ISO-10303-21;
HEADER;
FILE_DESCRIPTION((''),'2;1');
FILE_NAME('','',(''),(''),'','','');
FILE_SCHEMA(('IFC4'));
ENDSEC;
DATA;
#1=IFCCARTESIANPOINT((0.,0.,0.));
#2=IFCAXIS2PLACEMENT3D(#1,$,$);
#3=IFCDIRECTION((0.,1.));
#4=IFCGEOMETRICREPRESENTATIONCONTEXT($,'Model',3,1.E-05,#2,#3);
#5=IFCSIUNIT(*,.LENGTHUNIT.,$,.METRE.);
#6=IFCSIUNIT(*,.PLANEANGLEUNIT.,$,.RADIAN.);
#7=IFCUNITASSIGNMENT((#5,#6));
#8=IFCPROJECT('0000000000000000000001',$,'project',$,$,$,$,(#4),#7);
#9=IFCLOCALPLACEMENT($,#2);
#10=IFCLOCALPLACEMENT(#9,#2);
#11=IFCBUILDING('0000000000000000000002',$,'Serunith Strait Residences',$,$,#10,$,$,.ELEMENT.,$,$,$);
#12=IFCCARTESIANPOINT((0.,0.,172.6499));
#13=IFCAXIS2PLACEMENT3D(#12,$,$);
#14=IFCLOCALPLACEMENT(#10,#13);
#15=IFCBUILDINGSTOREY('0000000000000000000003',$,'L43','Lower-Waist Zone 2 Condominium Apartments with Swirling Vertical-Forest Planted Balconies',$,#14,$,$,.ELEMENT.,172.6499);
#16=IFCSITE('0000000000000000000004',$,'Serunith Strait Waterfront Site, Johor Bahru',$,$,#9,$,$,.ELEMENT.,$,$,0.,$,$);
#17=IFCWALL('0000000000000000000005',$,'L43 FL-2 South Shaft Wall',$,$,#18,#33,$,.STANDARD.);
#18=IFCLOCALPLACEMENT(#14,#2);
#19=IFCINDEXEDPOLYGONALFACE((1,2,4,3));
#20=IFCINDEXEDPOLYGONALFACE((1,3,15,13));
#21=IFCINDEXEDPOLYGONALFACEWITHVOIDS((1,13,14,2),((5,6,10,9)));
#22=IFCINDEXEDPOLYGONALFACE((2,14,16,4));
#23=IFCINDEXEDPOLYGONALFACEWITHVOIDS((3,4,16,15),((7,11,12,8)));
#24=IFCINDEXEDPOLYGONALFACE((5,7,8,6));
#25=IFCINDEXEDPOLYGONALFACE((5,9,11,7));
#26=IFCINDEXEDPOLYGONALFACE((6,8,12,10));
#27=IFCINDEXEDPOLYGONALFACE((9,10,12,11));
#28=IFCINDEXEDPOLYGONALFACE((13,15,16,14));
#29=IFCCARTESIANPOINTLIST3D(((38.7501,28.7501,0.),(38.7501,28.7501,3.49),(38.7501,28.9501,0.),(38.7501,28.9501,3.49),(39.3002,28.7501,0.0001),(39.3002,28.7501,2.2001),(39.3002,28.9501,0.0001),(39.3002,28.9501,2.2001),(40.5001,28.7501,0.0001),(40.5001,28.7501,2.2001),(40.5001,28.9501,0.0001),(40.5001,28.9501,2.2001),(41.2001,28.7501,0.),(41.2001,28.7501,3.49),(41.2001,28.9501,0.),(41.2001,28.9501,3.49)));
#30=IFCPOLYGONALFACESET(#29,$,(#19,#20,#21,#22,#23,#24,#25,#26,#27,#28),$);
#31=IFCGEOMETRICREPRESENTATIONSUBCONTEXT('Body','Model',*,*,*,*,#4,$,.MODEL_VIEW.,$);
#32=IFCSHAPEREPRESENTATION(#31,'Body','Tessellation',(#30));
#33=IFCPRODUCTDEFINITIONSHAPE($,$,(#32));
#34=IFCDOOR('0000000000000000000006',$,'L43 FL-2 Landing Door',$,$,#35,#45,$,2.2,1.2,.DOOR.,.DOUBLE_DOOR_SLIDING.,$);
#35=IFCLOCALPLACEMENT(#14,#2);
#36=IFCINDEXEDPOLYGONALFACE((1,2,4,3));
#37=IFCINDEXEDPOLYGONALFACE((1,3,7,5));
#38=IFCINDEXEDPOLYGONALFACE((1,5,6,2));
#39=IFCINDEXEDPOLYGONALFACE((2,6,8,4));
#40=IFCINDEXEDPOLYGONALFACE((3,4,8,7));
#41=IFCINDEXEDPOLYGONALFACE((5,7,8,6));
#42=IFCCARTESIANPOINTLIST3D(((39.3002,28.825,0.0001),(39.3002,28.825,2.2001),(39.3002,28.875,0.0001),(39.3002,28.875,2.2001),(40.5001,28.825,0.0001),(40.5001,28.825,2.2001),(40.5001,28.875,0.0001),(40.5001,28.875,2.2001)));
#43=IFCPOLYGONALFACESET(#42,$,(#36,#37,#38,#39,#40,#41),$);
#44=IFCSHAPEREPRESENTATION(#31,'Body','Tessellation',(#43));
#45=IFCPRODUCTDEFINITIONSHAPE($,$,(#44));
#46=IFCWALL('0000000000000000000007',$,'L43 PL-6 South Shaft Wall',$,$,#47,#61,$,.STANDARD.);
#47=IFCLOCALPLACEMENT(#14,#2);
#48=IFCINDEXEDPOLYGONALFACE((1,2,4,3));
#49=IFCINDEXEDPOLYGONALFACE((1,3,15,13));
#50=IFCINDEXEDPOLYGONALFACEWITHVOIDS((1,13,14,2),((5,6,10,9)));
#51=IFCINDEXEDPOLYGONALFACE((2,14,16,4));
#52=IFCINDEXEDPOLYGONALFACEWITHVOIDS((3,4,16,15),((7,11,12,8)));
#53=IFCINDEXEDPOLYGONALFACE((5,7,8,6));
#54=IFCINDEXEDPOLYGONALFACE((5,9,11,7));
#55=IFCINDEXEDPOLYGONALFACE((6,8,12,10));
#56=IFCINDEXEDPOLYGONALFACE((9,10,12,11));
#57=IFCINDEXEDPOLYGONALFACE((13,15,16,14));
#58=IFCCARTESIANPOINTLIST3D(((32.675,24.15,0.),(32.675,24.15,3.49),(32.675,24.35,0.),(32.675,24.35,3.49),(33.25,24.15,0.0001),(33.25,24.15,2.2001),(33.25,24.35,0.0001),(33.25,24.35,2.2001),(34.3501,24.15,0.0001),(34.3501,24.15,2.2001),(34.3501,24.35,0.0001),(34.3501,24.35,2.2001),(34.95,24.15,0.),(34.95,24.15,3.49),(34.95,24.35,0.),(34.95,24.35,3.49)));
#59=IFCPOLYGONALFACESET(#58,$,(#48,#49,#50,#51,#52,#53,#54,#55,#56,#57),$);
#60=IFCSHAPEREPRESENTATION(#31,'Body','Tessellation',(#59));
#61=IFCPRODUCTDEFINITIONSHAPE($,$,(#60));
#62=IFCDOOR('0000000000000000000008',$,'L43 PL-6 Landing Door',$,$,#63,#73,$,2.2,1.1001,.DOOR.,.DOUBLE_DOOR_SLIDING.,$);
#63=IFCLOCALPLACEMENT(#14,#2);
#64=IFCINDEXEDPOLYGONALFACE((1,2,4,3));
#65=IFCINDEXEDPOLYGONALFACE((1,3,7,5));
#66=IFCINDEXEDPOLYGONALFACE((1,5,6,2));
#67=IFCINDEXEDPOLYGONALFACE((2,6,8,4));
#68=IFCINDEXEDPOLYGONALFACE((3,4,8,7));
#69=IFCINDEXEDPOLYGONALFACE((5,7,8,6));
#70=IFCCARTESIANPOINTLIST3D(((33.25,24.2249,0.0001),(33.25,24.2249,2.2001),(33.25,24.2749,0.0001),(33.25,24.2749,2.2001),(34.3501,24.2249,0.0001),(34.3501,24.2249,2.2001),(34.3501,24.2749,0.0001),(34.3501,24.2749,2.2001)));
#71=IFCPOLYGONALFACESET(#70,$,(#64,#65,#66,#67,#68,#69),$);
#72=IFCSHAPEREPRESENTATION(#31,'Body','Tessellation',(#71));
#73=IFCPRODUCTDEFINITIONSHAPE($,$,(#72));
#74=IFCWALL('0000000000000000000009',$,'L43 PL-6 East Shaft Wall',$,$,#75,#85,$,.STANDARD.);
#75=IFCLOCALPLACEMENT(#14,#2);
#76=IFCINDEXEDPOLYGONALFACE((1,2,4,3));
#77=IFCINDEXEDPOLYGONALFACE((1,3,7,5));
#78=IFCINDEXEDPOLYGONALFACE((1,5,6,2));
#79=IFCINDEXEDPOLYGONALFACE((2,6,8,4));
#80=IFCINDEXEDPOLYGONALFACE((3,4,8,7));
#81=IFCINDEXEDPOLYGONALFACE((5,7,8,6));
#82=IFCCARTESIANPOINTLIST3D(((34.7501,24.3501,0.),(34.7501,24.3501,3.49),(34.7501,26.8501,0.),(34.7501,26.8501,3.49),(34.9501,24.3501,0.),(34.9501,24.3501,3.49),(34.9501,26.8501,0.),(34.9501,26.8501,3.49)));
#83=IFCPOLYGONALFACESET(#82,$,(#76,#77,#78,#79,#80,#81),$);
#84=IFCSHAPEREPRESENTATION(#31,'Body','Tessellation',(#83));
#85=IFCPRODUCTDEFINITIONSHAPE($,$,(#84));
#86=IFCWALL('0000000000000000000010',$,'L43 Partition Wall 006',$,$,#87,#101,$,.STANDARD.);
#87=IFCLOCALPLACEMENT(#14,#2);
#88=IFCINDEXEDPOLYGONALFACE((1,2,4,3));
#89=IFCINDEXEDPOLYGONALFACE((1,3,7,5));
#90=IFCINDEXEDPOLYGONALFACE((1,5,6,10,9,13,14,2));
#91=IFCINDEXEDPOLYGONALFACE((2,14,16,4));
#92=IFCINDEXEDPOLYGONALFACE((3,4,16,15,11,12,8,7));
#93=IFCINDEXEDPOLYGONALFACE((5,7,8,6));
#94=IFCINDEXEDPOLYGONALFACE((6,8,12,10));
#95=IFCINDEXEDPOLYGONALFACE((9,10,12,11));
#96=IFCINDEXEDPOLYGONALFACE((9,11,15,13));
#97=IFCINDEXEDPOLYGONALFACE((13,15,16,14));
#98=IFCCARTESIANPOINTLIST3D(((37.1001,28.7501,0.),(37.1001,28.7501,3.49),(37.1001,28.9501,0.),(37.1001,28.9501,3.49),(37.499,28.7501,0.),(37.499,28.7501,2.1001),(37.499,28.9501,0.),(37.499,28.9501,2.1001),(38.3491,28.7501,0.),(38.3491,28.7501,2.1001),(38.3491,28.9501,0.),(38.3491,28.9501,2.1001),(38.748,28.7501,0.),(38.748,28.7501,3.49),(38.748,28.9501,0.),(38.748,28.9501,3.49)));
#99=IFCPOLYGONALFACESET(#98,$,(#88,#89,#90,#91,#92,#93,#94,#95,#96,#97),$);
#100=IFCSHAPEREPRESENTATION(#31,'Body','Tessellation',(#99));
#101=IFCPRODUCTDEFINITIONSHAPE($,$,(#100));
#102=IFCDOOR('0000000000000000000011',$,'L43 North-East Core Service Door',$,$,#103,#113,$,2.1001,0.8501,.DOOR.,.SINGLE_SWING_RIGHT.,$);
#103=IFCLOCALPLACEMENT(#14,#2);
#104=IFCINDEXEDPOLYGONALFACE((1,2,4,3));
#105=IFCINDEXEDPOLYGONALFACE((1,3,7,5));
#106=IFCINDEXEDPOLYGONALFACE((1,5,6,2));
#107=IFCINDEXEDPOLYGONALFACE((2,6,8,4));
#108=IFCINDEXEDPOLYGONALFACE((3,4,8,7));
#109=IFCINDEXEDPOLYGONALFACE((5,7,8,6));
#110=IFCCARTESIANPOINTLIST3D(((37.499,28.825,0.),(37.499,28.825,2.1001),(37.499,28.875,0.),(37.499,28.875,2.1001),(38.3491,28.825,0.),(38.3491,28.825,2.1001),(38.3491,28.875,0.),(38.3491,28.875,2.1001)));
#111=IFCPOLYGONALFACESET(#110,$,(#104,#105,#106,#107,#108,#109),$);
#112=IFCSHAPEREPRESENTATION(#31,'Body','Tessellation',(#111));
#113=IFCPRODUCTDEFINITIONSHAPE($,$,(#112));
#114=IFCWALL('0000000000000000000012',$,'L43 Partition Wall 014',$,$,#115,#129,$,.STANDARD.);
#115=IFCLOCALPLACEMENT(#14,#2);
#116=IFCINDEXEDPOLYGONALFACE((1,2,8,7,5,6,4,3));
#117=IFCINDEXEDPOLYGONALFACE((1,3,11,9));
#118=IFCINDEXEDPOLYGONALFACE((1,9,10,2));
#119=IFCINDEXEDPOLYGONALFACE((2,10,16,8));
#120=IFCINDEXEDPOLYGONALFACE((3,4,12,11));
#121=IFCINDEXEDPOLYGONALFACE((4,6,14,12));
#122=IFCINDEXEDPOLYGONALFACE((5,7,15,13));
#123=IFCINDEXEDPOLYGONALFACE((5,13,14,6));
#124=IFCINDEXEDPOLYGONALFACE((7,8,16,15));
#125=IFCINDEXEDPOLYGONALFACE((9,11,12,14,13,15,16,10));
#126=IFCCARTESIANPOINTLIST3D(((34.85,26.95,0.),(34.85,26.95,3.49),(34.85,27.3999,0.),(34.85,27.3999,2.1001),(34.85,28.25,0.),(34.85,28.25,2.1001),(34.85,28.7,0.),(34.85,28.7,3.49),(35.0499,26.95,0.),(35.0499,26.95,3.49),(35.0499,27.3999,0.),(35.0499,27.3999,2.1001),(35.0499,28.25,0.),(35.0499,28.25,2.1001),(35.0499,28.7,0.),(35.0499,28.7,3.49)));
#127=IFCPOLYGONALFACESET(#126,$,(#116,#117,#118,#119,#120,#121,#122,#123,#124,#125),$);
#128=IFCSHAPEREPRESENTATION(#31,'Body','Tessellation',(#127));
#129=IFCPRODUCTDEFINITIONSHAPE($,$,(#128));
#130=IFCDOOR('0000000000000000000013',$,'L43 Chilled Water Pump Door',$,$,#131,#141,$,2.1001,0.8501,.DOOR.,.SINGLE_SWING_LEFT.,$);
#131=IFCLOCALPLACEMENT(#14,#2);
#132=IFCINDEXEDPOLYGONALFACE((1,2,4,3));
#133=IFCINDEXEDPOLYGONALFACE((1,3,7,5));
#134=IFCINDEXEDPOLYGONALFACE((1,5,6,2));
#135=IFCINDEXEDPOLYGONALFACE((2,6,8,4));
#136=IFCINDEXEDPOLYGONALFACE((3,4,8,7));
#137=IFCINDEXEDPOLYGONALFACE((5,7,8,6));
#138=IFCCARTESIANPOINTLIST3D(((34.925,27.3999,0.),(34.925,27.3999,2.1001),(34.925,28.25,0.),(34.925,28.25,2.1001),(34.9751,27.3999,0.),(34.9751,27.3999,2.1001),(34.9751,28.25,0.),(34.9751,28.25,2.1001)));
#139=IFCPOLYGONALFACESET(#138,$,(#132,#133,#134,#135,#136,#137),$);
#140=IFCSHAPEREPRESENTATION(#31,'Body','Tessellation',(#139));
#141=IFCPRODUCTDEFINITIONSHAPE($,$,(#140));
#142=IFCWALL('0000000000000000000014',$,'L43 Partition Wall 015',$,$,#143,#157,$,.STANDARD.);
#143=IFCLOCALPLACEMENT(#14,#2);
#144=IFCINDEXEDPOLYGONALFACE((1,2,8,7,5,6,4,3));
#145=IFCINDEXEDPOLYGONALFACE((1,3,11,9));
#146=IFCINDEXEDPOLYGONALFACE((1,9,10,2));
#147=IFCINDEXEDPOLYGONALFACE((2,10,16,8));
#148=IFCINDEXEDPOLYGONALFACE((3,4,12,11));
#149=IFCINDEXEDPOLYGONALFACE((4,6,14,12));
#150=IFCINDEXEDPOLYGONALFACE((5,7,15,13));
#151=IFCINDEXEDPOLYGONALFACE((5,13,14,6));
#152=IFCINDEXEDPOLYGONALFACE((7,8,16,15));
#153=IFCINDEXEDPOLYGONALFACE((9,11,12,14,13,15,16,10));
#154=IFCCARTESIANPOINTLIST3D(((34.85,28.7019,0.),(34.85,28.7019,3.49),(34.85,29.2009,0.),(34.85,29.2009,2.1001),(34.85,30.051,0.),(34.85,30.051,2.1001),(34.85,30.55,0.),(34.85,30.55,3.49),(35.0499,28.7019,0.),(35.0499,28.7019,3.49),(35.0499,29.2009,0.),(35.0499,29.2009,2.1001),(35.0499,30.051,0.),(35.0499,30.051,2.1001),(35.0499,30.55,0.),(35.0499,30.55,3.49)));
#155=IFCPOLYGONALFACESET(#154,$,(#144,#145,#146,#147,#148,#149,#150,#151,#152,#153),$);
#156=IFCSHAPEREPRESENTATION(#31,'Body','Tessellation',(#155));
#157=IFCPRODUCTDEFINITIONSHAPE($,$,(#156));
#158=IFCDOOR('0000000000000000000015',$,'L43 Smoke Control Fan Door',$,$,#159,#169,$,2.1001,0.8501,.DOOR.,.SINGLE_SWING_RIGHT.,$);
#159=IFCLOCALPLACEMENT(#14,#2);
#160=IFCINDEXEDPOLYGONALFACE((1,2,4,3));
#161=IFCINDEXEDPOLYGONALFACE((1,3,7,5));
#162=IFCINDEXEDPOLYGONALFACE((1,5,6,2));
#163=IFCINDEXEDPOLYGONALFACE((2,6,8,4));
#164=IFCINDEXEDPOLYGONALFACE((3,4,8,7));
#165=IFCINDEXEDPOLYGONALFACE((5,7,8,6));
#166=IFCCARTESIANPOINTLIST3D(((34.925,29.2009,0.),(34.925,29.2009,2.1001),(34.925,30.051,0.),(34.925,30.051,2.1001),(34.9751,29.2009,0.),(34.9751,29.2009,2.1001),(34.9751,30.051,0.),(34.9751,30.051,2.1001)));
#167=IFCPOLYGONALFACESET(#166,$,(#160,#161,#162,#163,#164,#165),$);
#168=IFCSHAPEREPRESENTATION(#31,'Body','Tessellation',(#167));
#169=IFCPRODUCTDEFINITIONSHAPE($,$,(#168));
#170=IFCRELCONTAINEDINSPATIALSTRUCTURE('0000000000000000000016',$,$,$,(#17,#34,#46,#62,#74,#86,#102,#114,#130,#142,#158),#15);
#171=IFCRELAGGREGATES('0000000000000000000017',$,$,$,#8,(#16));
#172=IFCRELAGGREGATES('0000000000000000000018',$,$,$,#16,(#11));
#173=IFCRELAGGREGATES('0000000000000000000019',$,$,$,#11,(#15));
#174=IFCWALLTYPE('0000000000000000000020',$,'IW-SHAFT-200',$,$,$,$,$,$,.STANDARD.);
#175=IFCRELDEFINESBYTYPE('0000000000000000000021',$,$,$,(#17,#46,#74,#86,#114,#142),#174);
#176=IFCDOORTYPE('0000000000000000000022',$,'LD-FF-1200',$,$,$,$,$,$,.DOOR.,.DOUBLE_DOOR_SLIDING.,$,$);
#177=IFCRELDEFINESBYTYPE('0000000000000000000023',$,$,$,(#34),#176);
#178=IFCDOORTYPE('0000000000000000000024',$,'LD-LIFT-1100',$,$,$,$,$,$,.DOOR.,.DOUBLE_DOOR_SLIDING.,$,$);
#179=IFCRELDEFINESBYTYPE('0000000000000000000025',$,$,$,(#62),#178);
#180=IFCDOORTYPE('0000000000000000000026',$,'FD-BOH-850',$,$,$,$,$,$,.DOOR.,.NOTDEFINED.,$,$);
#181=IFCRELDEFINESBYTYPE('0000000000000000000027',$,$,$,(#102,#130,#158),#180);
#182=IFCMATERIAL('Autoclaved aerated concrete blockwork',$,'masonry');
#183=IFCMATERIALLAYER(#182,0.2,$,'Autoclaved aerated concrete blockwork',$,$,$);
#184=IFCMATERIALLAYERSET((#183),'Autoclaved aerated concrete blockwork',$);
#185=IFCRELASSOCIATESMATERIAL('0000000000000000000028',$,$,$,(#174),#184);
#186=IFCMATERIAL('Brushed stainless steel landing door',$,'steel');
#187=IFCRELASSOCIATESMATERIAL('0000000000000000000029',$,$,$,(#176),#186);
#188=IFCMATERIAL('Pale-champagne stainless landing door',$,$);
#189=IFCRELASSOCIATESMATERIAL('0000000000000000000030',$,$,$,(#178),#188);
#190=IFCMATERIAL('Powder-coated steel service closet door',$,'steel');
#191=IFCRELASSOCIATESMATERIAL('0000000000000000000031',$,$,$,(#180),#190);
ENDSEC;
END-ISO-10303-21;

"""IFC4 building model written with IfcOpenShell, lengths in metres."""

from ifc_helpers import new_model, si_unit, direction, frame, frame_2d, origin, place, context, subcontext, project, spatial, rectangle, extrude, source, transform, mapped, material, layer, layer_set, type_object, element, fill, save


model = new_model("IFC4")

# Units and contexts
model_context = context("Model", 3, precision=1e-05, world=origin(), true_north=direction((0.0, 1.0)))
body_context = subcontext(model_context, "Body", "Model", "MODEL_VIEW")
ifc_project = project(units=[si_unit("LENGTHUNIT", "METRE"), si_unit("PLANEANGLEUNIT", "RADIAN")], contexts=[model_context])

# Site, building, storey
site_placement = place(None, origin())
site = spatial("IfcSite", under=ifc_project, at=site_placement, Name="Serunith Strait Waterfront Site, Johor Bahru", CompositionType="ELEMENT", RefElevation=0.0)
building_placement = place(site_placement, origin())
building = spatial("IfcBuilding", under=site, at=building_placement, Name="Serunith Strait Residences", CompositionType="ELEMENT")
storey_placement = place(building_placement, frame((0.0, 0.0, 172.6499)))
storey = spatial("IfcBuildingStorey", under=building, at=storey_placement, Name="L43", Description="Lower-Waist Zone 2 Condominium Apartments with Swirling Vertical-Forest Planted Balconies", CompositionType="ELEMENT", Elevation=172.6499)

# Walls, openings, doors
ifc_material_1 = material(Name="Autoclaved aerated concrete blockwork", Category="masonry")
ifc_layer_1 = layer(ifc_material_1, 0.2, Name="Autoclaved aerated concrete blockwork")
ifc_layer_set_1 = layer_set([ifc_layer_1], Name="Autoclaved aerated concrete blockwork")
wall_type_1 = type_object("IfcWallType", Name="IW-SHAFT-200", PredefinedType="STANDARD", material=ifc_layer_set_1)
wall_1_placement = place(storey_placement, frame((38.75, 28.8501, 0.0), z_axis=(0.0, 0.0, 1.0), x_axis=(1.0, 0.0, 0.0)))
wall_1 = element("IfcWall", 1, at=wall_1_placement, inside=storey, type_object=wall_type_1, Name="L43 FL-2 South Shaft Wall", PredefinedType="STANDARD", context=body_context, shape_type="SweptSolid", body=[
    extrude(rectangle(XDim=2.45, YDim=0.2, at=frame_2d((1.2251, 0.0))), origin(), (0.0, 0.0, 1.0), 3.49),
])
opening_1_placement = place(wall_1_placement, frame((0.55, 0.0, 0.0)))
opening_1 = element("IfcOpeningElement", 2, at=opening_1_placement, cuts=wall_1, PredefinedType="OPENING", context=body_context, shape_type="SweptSolid", body=[
    extrude(rectangle(XDim=1.2, YDim=2.2, at=frame_2d((0.6001, 1.1001))), frame((0.0, 0.1099, 0.0), z_axis=(0.0, -1.0, 0.0), x_axis=(1.0, 0.0, 0.0)), (0.0, 0.0, 1.0), 0.22),
])
ifc_material_2 = material(Name="Brushed stainless steel landing door", Category="steel")
door_type_1 = type_object("IfcDoorType", Name="LD-FF-1200", OperationType="DOUBLE_DOOR_SLIDING", PredefinedType="DOOR", material=ifc_material_2)
shared_shape_1 = source(origin(), body_context, "Body", "SweptSolid", [
    extrude(rectangle(XDim=1.2, YDim=2.2, at=frame_2d((0.6001, 1.1001))), frame((0.0, 0.0249, 0.0), z_axis=(0.0, -1.0, 0.0), x_axis=(1.0, 0.0, 0.0)), (0.0, 0.0, 1.0), 0.05),
])
door_1_placement = place(opening_1_placement, origin())
door_1 = element("IfcDoor", 3, at=door_1_placement, inside=storey, type_object=door_type_1, Name="L43 FL-2 Landing Door", OperationType="DOUBLE_DOOR_SLIDING", OverallHeight=2.2, OverallWidth=1.2, PredefinedType="DOOR", context=body_context, shape_type="MappedRepresentation", body=[
    mapped(shared_shape_1, transform((0.0, 0.0, 0.0), scale=1.0)),
])
fill(opening_1, door_1)
wall_2_placement = place(storey_placement, frame((32.675, 24.25, 0.0), z_axis=(0.0, 0.0, 1.0), x_axis=(1.0, 0.0, 0.0)))
wall_2 = element("IfcWall", 4, at=wall_2_placement, inside=storey, type_object=wall_type_1, Name="L43 PL-6 South Shaft Wall", PredefinedType="STANDARD", context=body_context, shape_type="SweptSolid", body=[
    extrude(rectangle(XDim=2.2749, YDim=0.2, at=frame_2d((1.1375, 0.0))), origin(), (0.0, 0.0, 1.0), 3.49),
])
opening_2_placement = place(wall_2_placement, frame((0.575, 0.0, 0.0)))
opening_2 = element("IfcOpeningElement", 5, at=opening_2_placement, cuts=wall_2, PredefinedType="OPENING", context=body_context, shape_type="SweptSolid", body=[
    extrude(rectangle(XDim=1.1001, YDim=2.2, at=frame_2d((0.55, 1.1001))), frame((0.0, 0.1099, 0.0), z_axis=(0.0, -1.0, 0.0), x_axis=(1.0, 0.0, 0.0)), (0.0, 0.0, 1.0), 0.22),
])
ifc_material_3 = material(Name="Pale-champagne stainless landing door")
door_type_2 = type_object("IfcDoorType", Name="LD-LIFT-1100", OperationType="DOUBLE_DOOR_SLIDING", PredefinedType="DOOR", material=ifc_material_3)
shared_shape_2 = source(origin(), body_context, "Body", "SweptSolid", [
    extrude(rectangle(XDim=1.1001, YDim=2.2, at=frame_2d((0.55, 1.1001))), frame((0.0, 0.0249, 0.0), z_axis=(0.0, -1.0, 0.0), x_axis=(1.0, 0.0, 0.0)), (0.0, 0.0, 1.0), 0.05),
])
door_2_placement = place(opening_2_placement, origin())
door_2 = element("IfcDoor", 6, at=door_2_placement, inside=storey, type_object=door_type_2, Name="L43 PL-6 Landing Door", OperationType="DOUBLE_DOOR_SLIDING", OverallHeight=2.2, OverallWidth=1.1001, PredefinedType="DOOR", context=body_context, shape_type="MappedRepresentation", body=[
    mapped(shared_shape_2, transform((0.0, 0.0, 0.0), scale=1.0)),
])
fill(opening_2, door_2)

# Wall
wall_3_placement = place(storey_placement, frame((34.8501, 24.3501, 0.0), z_axis=(0.0, 0.0, 1.0), x_axis=(0.0, 1.0, 0.0)))
element("IfcWall", 7, at=wall_3_placement, inside=storey, type_object=wall_type_1, Name="L43 PL-6 East Shaft Wall", PredefinedType="STANDARD", context=body_context, shape_type="SweptSolid", body=[
    extrude(rectangle(XDim=2.5, YDim=0.2, at=frame_2d((1.25, 0.0))), origin(), (0.0, 0.0, 1.0), 3.49),
])

# Walls, openings, doors
wall_4_placement = place(storey_placement, frame((37.1001, 28.8501, 0.0), z_axis=(0.0, 0.0, 1.0), x_axis=(1.0, 0.0, 0.0)))
wall_4 = element("IfcWall", 8, at=wall_4_placement, inside=storey, type_object=wall_type_1, Name="L43 Partition Wall 006", PredefinedType="STANDARD", context=body_context, shape_type="SweptSolid", body=[
    extrude(rectangle(XDim=1.6479, YDim=0.2, at=frame_2d((0.824, 0.0))), origin(), (0.0, 0.0, 1.0), 3.49),
])
opening_3_placement = place(wall_4_placement, frame((0.3989, 0.0, 0.0)))
opening_3 = element("IfcOpeningElement", 9, at=opening_3_placement, cuts=wall_4, PredefinedType="OPENING", context=body_context, shape_type="SweptSolid", body=[
    extrude(rectangle(XDim=0.8501, YDim=2.1001, at=frame_2d((0.425, 1.05))), frame((0.0, 0.1099, 0.0), z_axis=(0.0, -1.0, 0.0), x_axis=(1.0, 0.0, 0.0)), (0.0, 0.0, 1.0), 0.22),
])
ifc_material_4 = material(Name="Powder-coated steel service closet door", Category="steel")
door_type_3 = type_object("IfcDoorType", Name="FD-BOH-850", OperationType="NOTDEFINED", PredefinedType="DOOR", material=ifc_material_4)
shared_shape_3 = source(origin(), body_context, "Body", "SweptSolid", [
    extrude(rectangle(XDim=0.8501, YDim=2.1001, at=frame_2d((0.425, 1.05))), frame((0.0, 0.0249, 0.0), z_axis=(0.0, -1.0, 0.0), x_axis=(1.0, 0.0, 0.0)), (0.0, 0.0, 1.0), 0.05),
])
door_3_placement = place(opening_3_placement, origin())
door_3 = element("IfcDoor", 10, at=door_3_placement, inside=storey, type_object=door_type_3, Name="L43 North-East Core Service Door", OperationType="SINGLE_SWING_RIGHT", OverallHeight=2.1001, OverallWidth=0.8501, PredefinedType="DOOR", context=body_context, shape_type="MappedRepresentation", body=[
    mapped(shared_shape_3, transform((0.0, 0.0, 0.0), scale=1.0)),
])
fill(opening_3, door_3)
wall_5_placement = place(storey_placement, frame((34.95, 26.95, 0.0), z_axis=(0.0, 0.0, 1.0), x_axis=(0.0, 1.0, 0.0)))
wall_5 = element("IfcWall", 11, at=wall_5_placement, inside=storey, type_object=wall_type_1, Name="L43 Partition Wall 014", PredefinedType="STANDARD", context=body_context, shape_type="SweptSolid", body=[
    extrude(rectangle(XDim=1.75, YDim=0.2, at=frame_2d((0.875, 0.0))), origin(), (0.0, 0.0, 1.0), 3.49),
])
opening_4_placement = place(wall_5_placement, frame((0.45, 0.0, 0.0)))
opening_4 = element("IfcOpeningElement", 12, at=opening_4_placement, cuts=wall_5, PredefinedType="OPENING", context=body_context, shape_type="SweptSolid", body=[
    extrude(rectangle(XDim=0.8501, YDim=2.1001, at=frame_2d((0.425, 1.05))), frame((0.0, 0.1099, 0.0), z_axis=(0.0, -1.0, 0.0), x_axis=(1.0, 0.0, 0.0)), (0.0, 0.0, 1.0), 0.22),
])
door_4_placement = place(opening_4_placement, origin())
door_4 = element("IfcDoor", 13, at=door_4_placement, inside=storey, type_object=door_type_3, Name="L43 Chilled Water Pump Door", OperationType="SINGLE_SWING_LEFT", OverallHeight=2.1001, OverallWidth=0.8501, PredefinedType="DOOR", context=body_context, shape_type="MappedRepresentation", body=[
    mapped(shared_shape_3, transform((0.0, 0.0, 0.0), scale=1.0)),
])
fill(opening_4, door_4)
wall_6_placement = place(storey_placement, frame((34.95, 28.7019, 0.0), z_axis=(0.0, 0.0, 1.0), x_axis=(0.0, 1.0, 0.0)))
wall_6 = element("IfcWall", 14, at=wall_6_placement, inside=storey, type_object=wall_type_1, Name="L43 Partition Wall 015", PredefinedType="STANDARD", context=body_context, shape_type="SweptSolid", body=[
    extrude(rectangle(XDim=1.8481, YDim=0.2, at=frame_2d((0.9241, 0.0))), origin(), (0.0, 0.0, 1.0), 3.49),
])
opening_5_placement = place(wall_6_placement, frame((0.499, 0.0, 0.0)))
opening_5 = element("IfcOpeningElement", 15, at=opening_5_placement, cuts=wall_6, PredefinedType="OPENING", context=body_context, shape_type="SweptSolid", body=[
    extrude(rectangle(XDim=0.8501, YDim=2.1001, at=frame_2d((0.425, 1.05))), frame((0.0, 0.1099, 0.0), z_axis=(0.0, -1.0, 0.0), x_axis=(1.0, 0.0, 0.0)), (0.0, 0.0, 1.0), 0.22),
])
door_5_placement = place(opening_5_placement, origin())
door_5 = element("IfcDoor", 16, at=door_5_placement, inside=storey, type_object=door_type_3, Name="L43 Smoke Control Fan Door", OperationType="SINGLE_SWING_RIGHT", OverallHeight=2.1001, OverallWidth=0.8501, PredefinedType="DOOR", context=body_context, shape_type="MappedRepresentation", body=[
    mapped(shared_shape_3, transform((0.0, 0.0, 0.0), scale=1.0)),
])
fill(opening_5, door_5)

save(model, "model.ifc")
